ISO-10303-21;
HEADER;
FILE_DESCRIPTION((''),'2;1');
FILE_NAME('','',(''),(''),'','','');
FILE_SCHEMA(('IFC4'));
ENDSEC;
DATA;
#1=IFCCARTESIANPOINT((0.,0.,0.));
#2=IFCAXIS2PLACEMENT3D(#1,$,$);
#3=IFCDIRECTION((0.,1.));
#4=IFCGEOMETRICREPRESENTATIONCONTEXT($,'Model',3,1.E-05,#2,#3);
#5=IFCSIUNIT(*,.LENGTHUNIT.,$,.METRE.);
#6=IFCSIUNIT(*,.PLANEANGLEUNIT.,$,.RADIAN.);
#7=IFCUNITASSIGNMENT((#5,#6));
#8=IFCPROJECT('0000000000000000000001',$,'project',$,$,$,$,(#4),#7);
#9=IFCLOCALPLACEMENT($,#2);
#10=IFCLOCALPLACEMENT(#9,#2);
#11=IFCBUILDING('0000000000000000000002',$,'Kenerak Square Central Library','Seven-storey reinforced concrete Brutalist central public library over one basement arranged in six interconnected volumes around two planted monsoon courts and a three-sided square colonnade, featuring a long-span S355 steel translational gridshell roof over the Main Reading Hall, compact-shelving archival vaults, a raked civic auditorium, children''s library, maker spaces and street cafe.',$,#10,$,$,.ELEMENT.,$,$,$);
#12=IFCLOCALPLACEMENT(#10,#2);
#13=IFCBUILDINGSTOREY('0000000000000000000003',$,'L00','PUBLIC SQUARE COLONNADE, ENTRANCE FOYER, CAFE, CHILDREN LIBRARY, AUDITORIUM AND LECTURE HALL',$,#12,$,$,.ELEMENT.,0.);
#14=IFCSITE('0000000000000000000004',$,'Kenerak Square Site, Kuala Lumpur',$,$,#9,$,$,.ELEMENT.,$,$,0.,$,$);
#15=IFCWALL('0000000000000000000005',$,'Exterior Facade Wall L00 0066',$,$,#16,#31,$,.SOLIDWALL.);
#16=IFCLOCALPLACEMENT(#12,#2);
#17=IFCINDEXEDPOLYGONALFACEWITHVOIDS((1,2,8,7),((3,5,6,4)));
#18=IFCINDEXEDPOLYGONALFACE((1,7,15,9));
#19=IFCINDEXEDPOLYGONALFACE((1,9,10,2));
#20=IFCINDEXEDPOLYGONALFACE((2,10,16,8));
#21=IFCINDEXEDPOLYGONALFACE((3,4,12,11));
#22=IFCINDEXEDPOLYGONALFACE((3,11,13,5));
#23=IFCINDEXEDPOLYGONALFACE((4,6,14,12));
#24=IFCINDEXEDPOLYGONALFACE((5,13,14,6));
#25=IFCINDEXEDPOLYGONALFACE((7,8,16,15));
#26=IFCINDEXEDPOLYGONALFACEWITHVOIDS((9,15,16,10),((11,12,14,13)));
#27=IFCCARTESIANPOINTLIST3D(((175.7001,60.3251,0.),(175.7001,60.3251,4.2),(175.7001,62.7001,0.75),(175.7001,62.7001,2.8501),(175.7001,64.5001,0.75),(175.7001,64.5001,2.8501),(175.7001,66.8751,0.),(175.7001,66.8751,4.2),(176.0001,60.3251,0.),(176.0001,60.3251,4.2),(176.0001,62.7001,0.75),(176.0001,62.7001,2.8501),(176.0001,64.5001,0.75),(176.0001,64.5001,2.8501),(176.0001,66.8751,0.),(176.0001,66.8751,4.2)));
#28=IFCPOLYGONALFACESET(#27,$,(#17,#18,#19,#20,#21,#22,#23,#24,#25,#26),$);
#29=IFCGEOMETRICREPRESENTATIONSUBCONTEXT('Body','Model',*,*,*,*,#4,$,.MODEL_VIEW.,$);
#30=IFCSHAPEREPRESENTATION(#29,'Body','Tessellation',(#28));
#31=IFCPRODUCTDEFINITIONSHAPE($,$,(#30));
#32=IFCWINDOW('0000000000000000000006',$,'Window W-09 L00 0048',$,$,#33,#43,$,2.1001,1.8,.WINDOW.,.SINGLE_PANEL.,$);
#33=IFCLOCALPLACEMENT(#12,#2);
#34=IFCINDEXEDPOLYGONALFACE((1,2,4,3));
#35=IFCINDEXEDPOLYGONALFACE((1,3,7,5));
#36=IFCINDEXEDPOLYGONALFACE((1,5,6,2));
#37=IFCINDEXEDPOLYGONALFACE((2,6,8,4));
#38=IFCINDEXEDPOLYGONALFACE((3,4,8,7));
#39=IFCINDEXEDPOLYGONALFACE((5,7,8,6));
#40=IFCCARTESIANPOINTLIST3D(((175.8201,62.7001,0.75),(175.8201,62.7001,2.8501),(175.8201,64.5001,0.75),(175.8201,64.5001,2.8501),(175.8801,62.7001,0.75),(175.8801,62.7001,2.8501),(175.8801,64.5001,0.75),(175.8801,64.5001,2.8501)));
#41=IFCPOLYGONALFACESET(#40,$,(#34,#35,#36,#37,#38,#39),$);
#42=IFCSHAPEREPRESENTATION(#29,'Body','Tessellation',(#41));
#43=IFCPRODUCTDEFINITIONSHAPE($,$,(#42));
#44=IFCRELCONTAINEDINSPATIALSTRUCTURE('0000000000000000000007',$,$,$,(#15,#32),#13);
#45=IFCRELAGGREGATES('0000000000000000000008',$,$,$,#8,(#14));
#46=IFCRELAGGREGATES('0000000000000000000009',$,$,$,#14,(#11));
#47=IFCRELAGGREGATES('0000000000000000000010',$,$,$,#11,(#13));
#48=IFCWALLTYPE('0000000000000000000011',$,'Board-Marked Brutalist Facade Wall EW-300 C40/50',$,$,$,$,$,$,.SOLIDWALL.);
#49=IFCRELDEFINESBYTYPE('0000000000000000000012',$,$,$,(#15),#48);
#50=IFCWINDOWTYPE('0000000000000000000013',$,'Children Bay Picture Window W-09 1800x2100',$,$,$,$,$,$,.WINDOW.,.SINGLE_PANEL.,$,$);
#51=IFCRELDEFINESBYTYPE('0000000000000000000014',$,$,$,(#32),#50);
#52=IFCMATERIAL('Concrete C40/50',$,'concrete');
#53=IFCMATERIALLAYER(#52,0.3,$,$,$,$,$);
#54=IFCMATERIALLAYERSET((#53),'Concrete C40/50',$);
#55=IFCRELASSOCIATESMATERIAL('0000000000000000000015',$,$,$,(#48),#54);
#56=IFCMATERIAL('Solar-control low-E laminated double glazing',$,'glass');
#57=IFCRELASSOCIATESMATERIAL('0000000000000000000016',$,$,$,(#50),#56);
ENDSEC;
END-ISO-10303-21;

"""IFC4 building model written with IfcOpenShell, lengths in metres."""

from ifc_helpers import new_model, si_unit, direction, frame, frame_2d, origin, place, context, subcontext, project, spatial, rectangle, extrude, material, layer, layer_set, type_object, element, fill, save


model = new_model("IFC4")

# Units and contexts
model_context = context("Model", 3, precision=1e-05, world=origin(), true_north=direction((0.0, 1.0)))
body_context = subcontext(model_context, "Body", "Model", "MODEL_VIEW")
ifc_project = project(units=[si_unit("LENGTHUNIT", "METRE"), si_unit("PLANEANGLEUNIT", "RADIAN")], contexts=[model_context])

# Site, building, storey
site_placement = place(None, origin())
site = spatial("IfcSite", under=ifc_project, at=site_placement, Name="Kenerak Square Site, Kuala Lumpur", CompositionType="ELEMENT", RefElevation=0.0)
building_placement = place(site_placement, origin())
building = spatial("IfcBuilding", under=site, at=building_placement, Name="Kenerak Square Central Library", Description="Seven-storey reinforced concrete Brutalist central public library over one basement arranged in six interconnected volumes around two planted monsoon courts and a three-sided square colonnade, featuring a long-span S355 steel translational gridshell roof over the Main Reading Hall, compact-shelving archival vaults, a raked civic auditorium, children's library, maker spaces and street cafe.", CompositionType="ELEMENT")
storey_placement = place(building_placement, origin())
storey = spatial("IfcBuildingStorey", under=building, at=storey_placement, Name="L00", Description="PUBLIC SQUARE COLONNADE, ENTRANCE FOYER, CAFE, CHILDREN LIBRARY, AUDITORIUM AND LECTURE HALL", CompositionType="ELEMENT", Elevation=0.0)

# Shared definitions
ifc_material_1 = material(Name="Concrete C40/50", Category="concrete")

# Wall, opening, window
ifc_layer = layer(ifc_material_1, 0.3)
ifc_layer_set = layer_set([ifc_layer], Name="Concrete C40/50")
wall_type = type_object("IfcWallType", Name="Board-Marked Brutalist Facade Wall EW-300 C40/50", PredefinedType="SOLIDWALL", material=ifc_layer_set)
ifc_material_2 = material(Name="Solar-control low-E laminated double glazing", Category="glass")
window_type = type_object("IfcWindowType", Name="Children Bay Picture Window W-09 1800x2100", PartitioningType="SINGLE_PANEL", PredefinedType="WINDOW", material=ifc_material_2)
wall_1_placement = place(storey_placement, frame((175.8501, 66.875, 0.0), z_axis=(0.0, 0.0, 1.0), x_axis=(0.0, -1.0, 0.0)))
wall_1 = element("IfcWall", 1, at=wall_1_placement, inside=storey, type_object=wall_type, Name="Exterior Facade Wall L00 0066", PredefinedType="SOLIDWALL", context=body_context, shape_type="SweptSolid", body=[
    extrude(rectangle(XDim=6.55, YDim=0.3, at=frame_2d((3.2749, 0.0))), origin(), (0.0, 0.0, 1.0), 4.2),
])
opening_1_placement = place(wall_1_placement, frame((2.375, 0.0, 0.75)))
opening_1 = element("IfcOpeningElement", 2, at=opening_1_placement, cuts=wall_1, PredefinedType="OPENING", context=body_context, shape_type="SweptSolid", body=[
    extrude(rectangle(XDim=1.8, YDim=2.1001, at=frame_2d((0.8999, 1.05))), frame((0.0, 0.1599, 0.0), z_axis=(0.0, -1.0, 0.0), x_axis=(1.0, 0.0, 0.0)), (0.0, 0.0, 1.0), 0.3201),
])
window_1_placement = place(opening_1_placement, origin())
window_1 = element("IfcWindow", 3, at=window_1_placement, inside=storey, type_object=window_type, Name="Window W-09 L00 0048", OverallHeight=2.1001, OverallWidth=1.8, PartitioningType="SINGLE_PANEL", PredefinedType="WINDOW", context=body_context, shape_type="SweptSolid", body=[
    extrude(rectangle(XDim=1.8, YDim=2.1001, at=frame_2d((0.8999, 1.05))), frame((0.0, 0.03, 0.0), z_axis=(0.0, -1.0, 0.0), x_axis=(1.0, 0.0, 0.0)), (0.0, 0.0, 1.0), 0.0601),
])
fill(opening_1, window_1)

save(model, "model.ifc")
